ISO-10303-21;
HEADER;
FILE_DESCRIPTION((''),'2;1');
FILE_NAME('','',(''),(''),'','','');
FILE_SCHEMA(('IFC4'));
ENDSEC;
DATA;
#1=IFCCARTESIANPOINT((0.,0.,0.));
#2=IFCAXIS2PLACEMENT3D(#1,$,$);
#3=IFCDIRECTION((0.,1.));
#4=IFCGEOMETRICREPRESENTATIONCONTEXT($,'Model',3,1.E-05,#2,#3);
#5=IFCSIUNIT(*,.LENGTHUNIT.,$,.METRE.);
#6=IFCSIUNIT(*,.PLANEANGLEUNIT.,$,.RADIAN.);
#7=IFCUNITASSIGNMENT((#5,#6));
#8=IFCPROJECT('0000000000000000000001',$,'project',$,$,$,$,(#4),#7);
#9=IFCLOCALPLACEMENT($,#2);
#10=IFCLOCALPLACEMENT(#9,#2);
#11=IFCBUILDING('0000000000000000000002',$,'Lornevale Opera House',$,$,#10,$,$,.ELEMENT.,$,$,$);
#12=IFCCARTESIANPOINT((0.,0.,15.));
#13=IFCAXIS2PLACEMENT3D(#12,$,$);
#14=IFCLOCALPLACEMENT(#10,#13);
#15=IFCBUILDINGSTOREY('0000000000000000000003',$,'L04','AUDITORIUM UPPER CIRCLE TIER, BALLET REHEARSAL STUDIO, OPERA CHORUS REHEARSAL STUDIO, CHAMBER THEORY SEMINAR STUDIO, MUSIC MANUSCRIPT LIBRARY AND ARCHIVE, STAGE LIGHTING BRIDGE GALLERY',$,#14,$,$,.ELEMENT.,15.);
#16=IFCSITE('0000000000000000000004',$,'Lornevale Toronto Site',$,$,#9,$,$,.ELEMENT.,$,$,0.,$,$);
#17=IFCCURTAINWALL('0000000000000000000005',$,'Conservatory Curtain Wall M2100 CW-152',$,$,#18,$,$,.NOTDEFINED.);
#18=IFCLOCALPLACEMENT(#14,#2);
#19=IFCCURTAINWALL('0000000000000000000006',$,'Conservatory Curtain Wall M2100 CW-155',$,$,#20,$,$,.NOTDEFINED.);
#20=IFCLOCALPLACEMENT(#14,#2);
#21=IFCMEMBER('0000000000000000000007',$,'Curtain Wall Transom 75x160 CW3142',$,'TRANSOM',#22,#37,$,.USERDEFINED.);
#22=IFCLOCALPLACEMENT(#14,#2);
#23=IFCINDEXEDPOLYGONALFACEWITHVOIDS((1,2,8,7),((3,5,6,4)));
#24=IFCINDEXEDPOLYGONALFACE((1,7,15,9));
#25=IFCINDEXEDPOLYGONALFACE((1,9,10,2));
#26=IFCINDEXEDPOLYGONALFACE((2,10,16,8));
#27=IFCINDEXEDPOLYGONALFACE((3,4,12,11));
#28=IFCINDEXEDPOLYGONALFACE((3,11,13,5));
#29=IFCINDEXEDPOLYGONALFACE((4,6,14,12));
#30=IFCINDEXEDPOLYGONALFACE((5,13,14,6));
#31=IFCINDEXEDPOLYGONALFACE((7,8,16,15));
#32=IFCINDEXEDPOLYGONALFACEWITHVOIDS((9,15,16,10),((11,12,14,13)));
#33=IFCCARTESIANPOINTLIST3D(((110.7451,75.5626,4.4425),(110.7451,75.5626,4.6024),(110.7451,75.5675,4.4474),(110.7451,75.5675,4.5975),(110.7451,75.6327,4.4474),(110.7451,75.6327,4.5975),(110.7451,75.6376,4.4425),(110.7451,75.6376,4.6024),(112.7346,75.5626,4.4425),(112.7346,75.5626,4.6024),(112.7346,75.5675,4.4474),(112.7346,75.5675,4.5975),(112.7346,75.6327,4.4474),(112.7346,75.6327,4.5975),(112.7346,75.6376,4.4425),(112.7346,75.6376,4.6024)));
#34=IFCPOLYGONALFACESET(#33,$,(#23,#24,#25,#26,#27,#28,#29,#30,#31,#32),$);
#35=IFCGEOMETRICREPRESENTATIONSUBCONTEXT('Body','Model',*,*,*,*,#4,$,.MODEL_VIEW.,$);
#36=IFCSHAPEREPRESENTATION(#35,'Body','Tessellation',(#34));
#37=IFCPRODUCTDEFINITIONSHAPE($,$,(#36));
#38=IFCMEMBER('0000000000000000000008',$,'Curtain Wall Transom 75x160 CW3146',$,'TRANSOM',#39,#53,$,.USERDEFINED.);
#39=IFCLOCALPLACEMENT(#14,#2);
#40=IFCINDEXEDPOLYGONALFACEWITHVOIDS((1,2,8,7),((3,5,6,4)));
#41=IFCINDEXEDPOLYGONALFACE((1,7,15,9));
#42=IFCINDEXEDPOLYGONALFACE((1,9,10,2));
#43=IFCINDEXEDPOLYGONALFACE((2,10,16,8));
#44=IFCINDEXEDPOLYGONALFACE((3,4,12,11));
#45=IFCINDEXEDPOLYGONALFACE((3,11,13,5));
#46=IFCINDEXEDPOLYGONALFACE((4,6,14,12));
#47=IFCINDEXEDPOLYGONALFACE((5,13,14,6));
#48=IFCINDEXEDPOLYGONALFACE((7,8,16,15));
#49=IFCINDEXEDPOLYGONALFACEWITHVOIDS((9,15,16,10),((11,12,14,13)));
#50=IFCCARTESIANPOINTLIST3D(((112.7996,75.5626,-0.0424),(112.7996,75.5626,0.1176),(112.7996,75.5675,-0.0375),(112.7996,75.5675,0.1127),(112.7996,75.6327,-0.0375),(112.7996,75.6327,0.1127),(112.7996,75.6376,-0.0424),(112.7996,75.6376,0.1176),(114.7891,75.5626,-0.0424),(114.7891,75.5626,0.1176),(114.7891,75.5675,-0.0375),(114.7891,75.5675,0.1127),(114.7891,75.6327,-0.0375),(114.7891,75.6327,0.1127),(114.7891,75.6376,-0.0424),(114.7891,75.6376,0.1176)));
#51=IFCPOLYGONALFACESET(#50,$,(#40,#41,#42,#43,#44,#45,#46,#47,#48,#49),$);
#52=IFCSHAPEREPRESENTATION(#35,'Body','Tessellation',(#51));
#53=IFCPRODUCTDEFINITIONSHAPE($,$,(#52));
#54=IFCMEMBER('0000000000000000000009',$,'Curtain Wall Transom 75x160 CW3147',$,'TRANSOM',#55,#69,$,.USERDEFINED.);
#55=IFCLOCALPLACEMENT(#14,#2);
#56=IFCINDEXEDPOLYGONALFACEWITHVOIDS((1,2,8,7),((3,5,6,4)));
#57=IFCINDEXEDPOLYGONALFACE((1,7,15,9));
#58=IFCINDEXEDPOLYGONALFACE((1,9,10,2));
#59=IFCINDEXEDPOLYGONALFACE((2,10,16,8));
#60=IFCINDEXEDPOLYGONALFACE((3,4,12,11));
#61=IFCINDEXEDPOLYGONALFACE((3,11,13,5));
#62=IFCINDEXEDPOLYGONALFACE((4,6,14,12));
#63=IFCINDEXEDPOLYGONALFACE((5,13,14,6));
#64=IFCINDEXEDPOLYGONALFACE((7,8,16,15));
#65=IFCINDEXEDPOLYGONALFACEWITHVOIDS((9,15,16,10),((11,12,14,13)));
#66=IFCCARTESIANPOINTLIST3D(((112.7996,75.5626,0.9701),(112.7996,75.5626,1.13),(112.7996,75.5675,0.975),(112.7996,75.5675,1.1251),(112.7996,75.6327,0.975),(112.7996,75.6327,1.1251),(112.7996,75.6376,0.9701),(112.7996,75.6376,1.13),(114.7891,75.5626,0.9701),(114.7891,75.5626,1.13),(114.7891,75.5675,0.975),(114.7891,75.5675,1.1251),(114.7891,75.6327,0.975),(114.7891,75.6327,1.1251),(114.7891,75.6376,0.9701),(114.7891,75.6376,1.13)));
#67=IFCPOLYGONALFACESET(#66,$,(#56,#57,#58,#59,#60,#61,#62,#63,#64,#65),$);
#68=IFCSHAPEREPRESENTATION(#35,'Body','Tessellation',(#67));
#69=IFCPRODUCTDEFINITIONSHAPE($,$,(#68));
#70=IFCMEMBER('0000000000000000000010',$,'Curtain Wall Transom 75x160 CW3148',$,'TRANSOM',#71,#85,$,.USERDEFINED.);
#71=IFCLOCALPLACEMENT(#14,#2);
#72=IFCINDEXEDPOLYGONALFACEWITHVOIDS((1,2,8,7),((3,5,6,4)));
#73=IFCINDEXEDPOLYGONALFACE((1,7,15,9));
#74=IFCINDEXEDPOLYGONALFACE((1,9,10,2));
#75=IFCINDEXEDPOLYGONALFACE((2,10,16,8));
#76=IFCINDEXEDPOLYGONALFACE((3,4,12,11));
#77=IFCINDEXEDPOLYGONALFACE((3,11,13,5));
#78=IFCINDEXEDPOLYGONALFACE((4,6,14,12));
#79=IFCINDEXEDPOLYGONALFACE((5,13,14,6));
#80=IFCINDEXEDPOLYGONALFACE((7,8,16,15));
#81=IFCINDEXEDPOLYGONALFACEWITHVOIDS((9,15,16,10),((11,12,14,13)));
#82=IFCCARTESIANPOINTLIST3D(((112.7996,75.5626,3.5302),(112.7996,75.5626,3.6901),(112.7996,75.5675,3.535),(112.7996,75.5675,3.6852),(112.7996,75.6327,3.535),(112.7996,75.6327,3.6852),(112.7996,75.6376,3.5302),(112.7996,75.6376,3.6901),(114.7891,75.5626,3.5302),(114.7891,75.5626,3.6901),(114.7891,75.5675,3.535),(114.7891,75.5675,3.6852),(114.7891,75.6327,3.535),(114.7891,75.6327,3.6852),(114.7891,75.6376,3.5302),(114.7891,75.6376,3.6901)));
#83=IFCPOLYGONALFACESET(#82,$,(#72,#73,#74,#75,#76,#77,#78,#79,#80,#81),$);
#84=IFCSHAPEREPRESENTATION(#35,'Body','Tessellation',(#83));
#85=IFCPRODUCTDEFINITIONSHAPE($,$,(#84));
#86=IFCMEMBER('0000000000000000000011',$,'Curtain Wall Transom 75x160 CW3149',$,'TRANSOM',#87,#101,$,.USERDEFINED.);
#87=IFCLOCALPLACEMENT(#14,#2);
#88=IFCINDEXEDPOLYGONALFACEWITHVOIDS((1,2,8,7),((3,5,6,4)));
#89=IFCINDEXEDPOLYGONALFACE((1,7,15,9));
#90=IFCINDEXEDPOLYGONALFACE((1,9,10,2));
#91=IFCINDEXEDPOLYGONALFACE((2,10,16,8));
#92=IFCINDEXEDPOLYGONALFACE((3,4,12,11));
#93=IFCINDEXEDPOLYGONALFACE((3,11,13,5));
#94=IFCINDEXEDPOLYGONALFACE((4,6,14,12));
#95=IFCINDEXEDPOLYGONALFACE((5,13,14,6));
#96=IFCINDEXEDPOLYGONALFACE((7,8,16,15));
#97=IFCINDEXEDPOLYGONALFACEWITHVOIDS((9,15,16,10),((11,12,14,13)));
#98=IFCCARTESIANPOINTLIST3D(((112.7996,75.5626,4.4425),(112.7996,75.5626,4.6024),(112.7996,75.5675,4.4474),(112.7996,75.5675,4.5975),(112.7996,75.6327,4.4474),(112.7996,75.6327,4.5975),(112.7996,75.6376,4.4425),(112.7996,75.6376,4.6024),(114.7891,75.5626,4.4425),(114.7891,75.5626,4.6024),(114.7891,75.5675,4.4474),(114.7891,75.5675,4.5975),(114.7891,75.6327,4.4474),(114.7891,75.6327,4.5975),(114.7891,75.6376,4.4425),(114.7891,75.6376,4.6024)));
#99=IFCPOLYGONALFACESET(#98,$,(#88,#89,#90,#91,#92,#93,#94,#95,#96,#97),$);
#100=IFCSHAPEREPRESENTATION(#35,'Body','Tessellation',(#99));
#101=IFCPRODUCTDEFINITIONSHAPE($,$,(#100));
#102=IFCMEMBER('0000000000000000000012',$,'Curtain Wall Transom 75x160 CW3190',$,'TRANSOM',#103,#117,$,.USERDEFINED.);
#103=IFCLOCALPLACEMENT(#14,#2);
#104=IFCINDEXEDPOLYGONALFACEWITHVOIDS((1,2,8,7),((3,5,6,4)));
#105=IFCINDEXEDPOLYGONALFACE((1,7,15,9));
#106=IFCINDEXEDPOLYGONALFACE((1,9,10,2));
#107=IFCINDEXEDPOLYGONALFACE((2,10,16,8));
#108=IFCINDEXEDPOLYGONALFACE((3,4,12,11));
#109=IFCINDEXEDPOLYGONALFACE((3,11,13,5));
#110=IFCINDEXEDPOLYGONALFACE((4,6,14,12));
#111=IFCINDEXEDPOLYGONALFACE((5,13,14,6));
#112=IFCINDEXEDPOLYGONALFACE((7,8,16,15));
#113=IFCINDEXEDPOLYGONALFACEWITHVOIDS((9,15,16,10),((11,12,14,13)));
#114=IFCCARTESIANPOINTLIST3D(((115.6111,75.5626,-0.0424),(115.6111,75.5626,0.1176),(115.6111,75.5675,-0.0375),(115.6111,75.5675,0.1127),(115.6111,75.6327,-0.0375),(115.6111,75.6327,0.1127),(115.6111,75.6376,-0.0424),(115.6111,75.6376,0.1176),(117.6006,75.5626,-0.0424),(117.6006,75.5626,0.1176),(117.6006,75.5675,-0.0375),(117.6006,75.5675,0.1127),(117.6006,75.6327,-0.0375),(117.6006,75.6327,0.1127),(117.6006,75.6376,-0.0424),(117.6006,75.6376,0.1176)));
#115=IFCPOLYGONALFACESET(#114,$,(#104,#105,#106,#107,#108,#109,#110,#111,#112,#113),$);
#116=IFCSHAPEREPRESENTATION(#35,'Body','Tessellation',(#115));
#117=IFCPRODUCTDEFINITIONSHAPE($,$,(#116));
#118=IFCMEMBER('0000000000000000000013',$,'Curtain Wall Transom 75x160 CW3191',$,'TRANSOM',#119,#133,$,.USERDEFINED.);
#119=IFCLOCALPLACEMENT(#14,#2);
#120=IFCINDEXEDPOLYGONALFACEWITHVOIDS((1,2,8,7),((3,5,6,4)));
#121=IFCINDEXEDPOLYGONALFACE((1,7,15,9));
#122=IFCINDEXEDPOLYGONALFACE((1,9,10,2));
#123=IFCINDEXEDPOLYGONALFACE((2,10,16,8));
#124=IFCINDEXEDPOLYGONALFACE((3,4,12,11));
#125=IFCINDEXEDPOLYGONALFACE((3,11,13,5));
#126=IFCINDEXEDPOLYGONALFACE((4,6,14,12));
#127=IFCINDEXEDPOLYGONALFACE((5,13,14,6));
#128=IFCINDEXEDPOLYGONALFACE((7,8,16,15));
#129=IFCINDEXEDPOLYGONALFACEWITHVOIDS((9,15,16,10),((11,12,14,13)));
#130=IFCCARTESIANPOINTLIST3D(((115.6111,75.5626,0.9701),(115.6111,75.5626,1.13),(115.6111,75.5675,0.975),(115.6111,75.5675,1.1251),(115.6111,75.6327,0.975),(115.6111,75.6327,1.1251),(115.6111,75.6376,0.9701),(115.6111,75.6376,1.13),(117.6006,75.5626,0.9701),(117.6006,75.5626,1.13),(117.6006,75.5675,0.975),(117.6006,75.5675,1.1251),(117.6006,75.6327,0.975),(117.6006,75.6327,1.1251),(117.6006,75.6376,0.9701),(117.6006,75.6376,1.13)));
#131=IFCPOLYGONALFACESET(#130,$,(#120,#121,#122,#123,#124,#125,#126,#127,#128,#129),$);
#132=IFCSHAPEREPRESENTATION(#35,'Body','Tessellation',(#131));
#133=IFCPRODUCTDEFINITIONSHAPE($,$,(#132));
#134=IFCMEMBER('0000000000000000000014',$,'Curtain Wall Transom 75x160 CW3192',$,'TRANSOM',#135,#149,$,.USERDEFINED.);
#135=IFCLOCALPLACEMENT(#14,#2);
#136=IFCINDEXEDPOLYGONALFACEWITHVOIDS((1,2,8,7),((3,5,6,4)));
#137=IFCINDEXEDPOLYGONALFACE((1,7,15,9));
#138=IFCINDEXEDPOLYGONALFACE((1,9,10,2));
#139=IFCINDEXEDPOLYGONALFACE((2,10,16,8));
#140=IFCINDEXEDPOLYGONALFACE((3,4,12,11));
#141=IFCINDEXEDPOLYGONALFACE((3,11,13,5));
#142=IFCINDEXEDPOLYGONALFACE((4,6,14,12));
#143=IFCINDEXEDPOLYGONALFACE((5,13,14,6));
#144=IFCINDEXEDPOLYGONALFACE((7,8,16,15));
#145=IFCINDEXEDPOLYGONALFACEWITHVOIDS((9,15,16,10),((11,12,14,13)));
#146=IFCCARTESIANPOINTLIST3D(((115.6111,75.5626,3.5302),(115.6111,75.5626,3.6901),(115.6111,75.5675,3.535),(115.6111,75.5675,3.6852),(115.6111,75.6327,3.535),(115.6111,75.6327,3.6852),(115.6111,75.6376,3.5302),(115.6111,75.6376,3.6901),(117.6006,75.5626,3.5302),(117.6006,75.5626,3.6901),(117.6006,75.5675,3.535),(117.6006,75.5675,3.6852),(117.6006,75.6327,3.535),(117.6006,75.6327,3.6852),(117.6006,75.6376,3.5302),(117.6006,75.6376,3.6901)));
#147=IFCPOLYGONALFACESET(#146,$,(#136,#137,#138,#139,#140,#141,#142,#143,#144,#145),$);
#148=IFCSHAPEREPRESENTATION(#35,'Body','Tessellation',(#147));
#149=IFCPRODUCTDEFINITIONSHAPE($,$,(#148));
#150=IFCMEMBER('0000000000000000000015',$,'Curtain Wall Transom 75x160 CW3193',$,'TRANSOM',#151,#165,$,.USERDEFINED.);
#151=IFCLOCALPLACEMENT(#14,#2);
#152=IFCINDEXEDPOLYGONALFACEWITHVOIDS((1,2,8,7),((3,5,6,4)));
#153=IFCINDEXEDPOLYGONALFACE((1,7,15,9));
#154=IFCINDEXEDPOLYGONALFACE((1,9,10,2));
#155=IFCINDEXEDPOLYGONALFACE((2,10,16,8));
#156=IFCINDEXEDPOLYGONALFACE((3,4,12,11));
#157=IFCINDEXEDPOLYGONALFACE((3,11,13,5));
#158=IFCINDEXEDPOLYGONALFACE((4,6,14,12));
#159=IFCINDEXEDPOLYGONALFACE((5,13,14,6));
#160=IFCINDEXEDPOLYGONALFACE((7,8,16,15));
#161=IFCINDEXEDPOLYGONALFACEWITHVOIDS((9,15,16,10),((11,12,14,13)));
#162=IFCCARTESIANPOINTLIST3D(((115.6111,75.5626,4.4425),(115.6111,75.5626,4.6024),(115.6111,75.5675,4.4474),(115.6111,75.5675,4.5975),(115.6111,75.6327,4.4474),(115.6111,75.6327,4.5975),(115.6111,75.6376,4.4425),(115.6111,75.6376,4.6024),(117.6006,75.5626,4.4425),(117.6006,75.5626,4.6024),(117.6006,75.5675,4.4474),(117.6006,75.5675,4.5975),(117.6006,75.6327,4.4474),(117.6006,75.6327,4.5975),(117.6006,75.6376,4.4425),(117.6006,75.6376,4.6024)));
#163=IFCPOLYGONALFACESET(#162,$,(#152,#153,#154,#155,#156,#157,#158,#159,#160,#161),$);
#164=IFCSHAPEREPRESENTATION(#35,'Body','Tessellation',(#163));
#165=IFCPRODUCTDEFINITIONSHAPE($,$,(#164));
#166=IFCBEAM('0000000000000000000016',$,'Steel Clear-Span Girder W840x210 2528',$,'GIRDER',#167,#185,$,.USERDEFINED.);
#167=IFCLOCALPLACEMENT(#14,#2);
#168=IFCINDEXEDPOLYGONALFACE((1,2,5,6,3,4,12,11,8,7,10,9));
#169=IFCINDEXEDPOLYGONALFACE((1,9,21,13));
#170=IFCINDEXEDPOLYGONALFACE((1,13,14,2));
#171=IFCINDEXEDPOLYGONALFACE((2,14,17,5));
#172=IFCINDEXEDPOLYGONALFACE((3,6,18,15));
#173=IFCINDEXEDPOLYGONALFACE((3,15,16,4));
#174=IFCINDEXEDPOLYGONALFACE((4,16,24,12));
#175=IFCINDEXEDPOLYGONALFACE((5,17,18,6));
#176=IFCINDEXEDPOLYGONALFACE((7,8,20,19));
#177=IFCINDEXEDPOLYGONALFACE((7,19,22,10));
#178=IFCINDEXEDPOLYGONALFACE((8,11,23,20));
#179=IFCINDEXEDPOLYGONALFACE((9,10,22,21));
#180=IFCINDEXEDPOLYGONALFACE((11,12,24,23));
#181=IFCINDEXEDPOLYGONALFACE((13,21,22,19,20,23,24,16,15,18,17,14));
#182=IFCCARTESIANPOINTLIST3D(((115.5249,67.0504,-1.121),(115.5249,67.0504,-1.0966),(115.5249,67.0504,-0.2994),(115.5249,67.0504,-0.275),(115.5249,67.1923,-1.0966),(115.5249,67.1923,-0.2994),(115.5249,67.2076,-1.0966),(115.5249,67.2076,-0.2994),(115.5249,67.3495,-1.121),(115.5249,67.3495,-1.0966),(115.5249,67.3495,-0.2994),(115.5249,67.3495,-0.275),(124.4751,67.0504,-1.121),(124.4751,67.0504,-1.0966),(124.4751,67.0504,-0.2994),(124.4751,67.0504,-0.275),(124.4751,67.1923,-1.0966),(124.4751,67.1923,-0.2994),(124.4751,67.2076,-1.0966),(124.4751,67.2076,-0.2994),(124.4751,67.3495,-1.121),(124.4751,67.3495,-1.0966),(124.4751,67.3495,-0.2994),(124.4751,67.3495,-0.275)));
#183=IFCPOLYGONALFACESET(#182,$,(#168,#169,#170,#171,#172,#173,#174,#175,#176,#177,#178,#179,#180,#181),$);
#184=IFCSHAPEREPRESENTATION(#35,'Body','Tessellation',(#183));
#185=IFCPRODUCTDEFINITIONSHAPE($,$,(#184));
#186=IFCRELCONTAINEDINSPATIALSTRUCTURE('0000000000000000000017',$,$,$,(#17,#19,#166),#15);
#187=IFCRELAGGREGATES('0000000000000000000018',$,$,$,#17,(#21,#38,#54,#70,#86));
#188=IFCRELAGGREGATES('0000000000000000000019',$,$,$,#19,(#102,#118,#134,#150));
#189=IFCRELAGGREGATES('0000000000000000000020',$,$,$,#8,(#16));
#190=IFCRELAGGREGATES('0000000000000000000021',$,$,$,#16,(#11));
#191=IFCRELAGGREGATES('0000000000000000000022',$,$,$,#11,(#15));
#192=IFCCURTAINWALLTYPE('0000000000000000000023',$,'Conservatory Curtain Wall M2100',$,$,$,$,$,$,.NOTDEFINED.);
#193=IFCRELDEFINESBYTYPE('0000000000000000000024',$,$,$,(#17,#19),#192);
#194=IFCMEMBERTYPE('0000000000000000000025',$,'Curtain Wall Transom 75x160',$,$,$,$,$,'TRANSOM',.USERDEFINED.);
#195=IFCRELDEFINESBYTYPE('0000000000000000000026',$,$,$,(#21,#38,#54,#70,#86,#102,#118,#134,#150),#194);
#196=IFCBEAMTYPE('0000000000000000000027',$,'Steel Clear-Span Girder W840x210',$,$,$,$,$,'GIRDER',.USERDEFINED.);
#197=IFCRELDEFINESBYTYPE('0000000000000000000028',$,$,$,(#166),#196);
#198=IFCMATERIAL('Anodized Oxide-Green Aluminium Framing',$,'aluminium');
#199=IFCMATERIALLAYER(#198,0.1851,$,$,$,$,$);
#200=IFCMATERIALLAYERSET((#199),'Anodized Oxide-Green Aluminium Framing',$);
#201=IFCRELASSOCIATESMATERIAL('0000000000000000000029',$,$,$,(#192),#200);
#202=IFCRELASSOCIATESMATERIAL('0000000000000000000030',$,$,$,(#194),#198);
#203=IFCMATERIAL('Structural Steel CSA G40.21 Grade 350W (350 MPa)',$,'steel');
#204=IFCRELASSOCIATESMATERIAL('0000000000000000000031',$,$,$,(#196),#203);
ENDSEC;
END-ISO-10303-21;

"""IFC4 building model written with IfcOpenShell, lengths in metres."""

from ifc_helpers import new_model, si_unit, direction, frame, origin, origin_2d, place, context, subcontext, project, spatial, hollow_rectangle, i_section, extrude, material, layer, layer_set, material_profile, profile_set, type_object, element, aggregate, save


model = new_model("IFC4")

# Units and contexts
model_context = context("Model", 3, precision=1e-05, world=origin(), true_north=direction((0.0, 1.0)))
body_context = subcontext(model_context, "Body", "Model", "MODEL_VIEW")
ifc_project = project(units=[si_unit("LENGTHUNIT", "METRE"), si_unit("PLANEANGLEUNIT", "RADIAN")], contexts=[model_context])

# Site, building, storey
site_placement = place(None, origin())
site = spatial("IfcSite", under=ifc_project, at=site_placement, Name="Lornevale Toronto Site", CompositionType="ELEMENT", RefElevation=0.0)
building_placement = place(site_placement, origin())
building = spatial("IfcBuilding", under=site, at=building_placement, Name="Lornevale Opera House", CompositionType="ELEMENT")
storey_placement = place(building_placement, frame((0.0, 0.0, 15.0)))
storey = spatial("IfcBuildingStorey", under=building, at=storey_placement, Name="L04", Description="AUDITORIUM UPPER CIRCLE TIER, BALLET REHEARSAL STUDIO, OPERA CHORUS REHEARSAL STUDIO, CHAMBER THEORY SEMINAR STUDIO, MUSIC MANUSCRIPT LIBRARY AND ARCHIVE, STAGE LIGHTING BRIDGE GALLERY", CompositionType="ELEMENT", Elevation=15.0)

# Shared definitions
ifc_material_1 = material(Name="Anodized Oxide-Green Aluminium Framing", Category="aluminium")
ifc_layer_1 = layer(ifc_material_1, 0.1851)
ifc_layer_set_1 = layer_set([ifc_layer_1], Name="Anodized Oxide-Green Aluminium Framing")
curtain_wall_type = type_object("IfcCurtainWallType", Name="Conservatory Curtain Wall M2100", PredefinedType="NOTDEFINED", material=ifc_layer_set_1)

# Curtain walls
curtain_wall_1_placement = place(storey_placement, origin())
curtain_wall_1 = element("IfcCurtainWall", 1, at=curtain_wall_1_placement, inside=storey, type_object=curtain_wall_type, Name="Conservatory Curtain Wall M2100 CW-152", PredefinedType="NOTDEFINED")
curtain_wall_2_placement = place(storey_placement, origin())
curtain_wall_2 = element("IfcCurtainWall", 2, at=curtain_wall_2_placement, inside=storey, type_object=curtain_wall_type, Name="Conservatory Curtain Wall M2100 CW-155", PredefinedType="NOTDEFINED")

# Members
ifc_material_profile_1 = material_profile(ifc_material_1, hollow_rectangle(XDim=0.075, YDim=0.1599, WallThickness=0.0049, at=origin_2d()), Name="ALU75x160x5")
ifc_profile_set_1 = profile_set([ifc_material_profile_1], Name="Anodized Oxide-Green Aluminium Framing")
member_type_1 = type_object("IfcMemberType", Name="Curtain Wall Transom 75x160", ElementType="TRANSOM", PredefinedType="USERDEFINED", material=ifc_profile_set_1)
member_1_placement = place(storey_placement, frame((110.7451, 75.6001, 4.5225), z_axis=(1.0, 0.0, 0.0), x_axis=(0.0, 1.0, 0.0)))
member_1 = element("IfcMember", 3, at=member_1_placement, type_object=member_type_1, Name="Curtain Wall Transom 75x160 CW3142", ObjectType="TRANSOM", PredefinedType="USERDEFINED", context=body_context, shape_type="SweptSolid", body=[
    extrude(hollow_rectangle(XDim=0.075, YDim=0.1599, WallThickness=0.0049, at=origin_2d()), origin(), (0.0, 0.0, 1.0), 1.9895),
])
member_2_placement = place(storey_placement, frame((112.7996, 75.6001, 0.0376), z_axis=(1.0, 0.0, 0.0), x_axis=(0.0, 1.0, 0.0)))
member_2 = element("IfcMember", 4, at=member_2_placement, type_object=member_type_1, Name="Curtain Wall Transom 75x160 CW3146", ObjectType="TRANSOM", PredefinedType="USERDEFINED", context=body_context, shape_type="SweptSolid", body=[
    extrude(hollow_rectangle(XDim=0.075, YDim=0.1599, WallThickness=0.0049, at=origin_2d()), origin(), (0.0, 0.0, 1.0), 1.9895),
])
member_3_placement = place(storey_placement, frame((112.7996, 75.6001, 1.05), z_axis=(1.0, 0.0, 0.0), x_axis=(0.0, 1.0, 0.0)))
member_3 = element("IfcMember", 5, at=member_3_placement, type_object=member_type_1, Name="Curtain Wall Transom 75x160 CW3147", ObjectType="TRANSOM", PredefinedType="USERDEFINED", context=body_context, shape_type="SweptSolid", body=[
    extrude(hollow_rectangle(XDim=0.075, YDim=0.1599, WallThickness=0.0049, at=origin_2d()), origin(), (0.0, 0.0, 1.0), 1.9895),
])
member_4_placement = place(storey_placement, frame((112.7996, 75.6001, 3.6101), z_axis=(1.0, 0.0, 0.0), x_axis=(0.0, 1.0, 0.0)))
member_4 = element("IfcMember", 6, at=member_4_placement, type_object=member_type_1, Name="Curtain Wall Transom 75x160 CW3148", ObjectType="TRANSOM", PredefinedType="USERDEFINED", context=body_context, shape_type="SweptSolid", body=[
    extrude(hollow_rectangle(XDim=0.075, YDim=0.1599, WallThickness=0.0049, at=origin_2d()), origin(), (0.0, 0.0, 1.0), 1.9895),
])
member_5_placement = place(storey_placement, frame((112.7996, 75.6001, 4.5225), z_axis=(1.0, 0.0, 0.0), x_axis=(0.0, 1.0, 0.0)))
member_5 = element("IfcMember", 7, at=member_5_placement, type_object=member_type_1, Name="Curtain Wall Transom 75x160 CW3149", ObjectType="TRANSOM", PredefinedType="USERDEFINED", context=body_context, shape_type="SweptSolid", body=[
    extrude(hollow_rectangle(XDim=0.075, YDim=0.1599, WallThickness=0.0049, at=origin_2d()), origin(), (0.0, 0.0, 1.0), 1.9895),
])
member_6_placement = place(storey_placement, frame((115.6111, 75.6001, 0.0376), z_axis=(1.0, 0.0, 0.0), x_axis=(0.0, 1.0, 0.0)))
member_6 = element("IfcMember", 8, at=member_6_placement, type_object=member_type_1, Name="Curtain Wall Transom 75x160 CW3190", ObjectType="TRANSOM", PredefinedType="USERDEFINED", context=body_context, shape_type="SweptSolid", body=[
    extrude(hollow_rectangle(XDim=0.075, YDim=0.1599, WallThickness=0.0049, at=origin_2d()), origin(), (0.0, 0.0, 1.0), 1.9895),
])
member_7_placement = place(storey_placement, frame((115.6111, 75.6001, 1.05), z_axis=(1.0, 0.0, 0.0), x_axis=(0.0, 1.0, 0.0)))
member_7 = element("IfcMember", 9, at=member_7_placement, type_object=member_type_1, Name="Curtain Wall Transom 75x160 CW3191", ObjectType="TRANSOM", PredefinedType="USERDEFINED", context=body_context, shape_type="SweptSolid", body=[
    extrude(hollow_rectangle(XDim=0.075, YDim=0.1599, WallThickness=0.0049, at=origin_2d()), origin(), (0.0, 0.0, 1.0), 1.9895),
])
member_8_placement = place(storey_placement, frame((115.6111, 75.6001, 3.6101), z_axis=(1.0, 0.0, 0.0), x_axis=(0.0, 1.0, 0.0)))
member_8 = element("IfcMember", 10, at=member_8_placement, type_object=member_type_1, Name="Curtain Wall Transom 75x160 CW3192", ObjectType="TRANSOM", PredefinedType="USERDEFINED", context=body_context, shape_type="SweptSolid", body=[
    extrude(hollow_rectangle(XDim=0.075, YDim=0.1599, WallThickness=0.0049, at=origin_2d()), origin(), (0.0, 0.0, 1.0), 1.9895),
])
member_9_placement = place(storey_placement, frame((115.6111, 75.6001, 4.5225), z_axis=(1.0, 0.0, 0.0), x_axis=(0.0, 1.0, 0.0)))
member_9 = element("IfcMember", 11, at=member_9_placement, type_object=member_type_1, Name="Curtain Wall Transom 75x160 CW3193", ObjectType="TRANSOM", PredefinedType="USERDEFINED", context=body_context, shape_type="SweptSolid", body=[
    extrude(hollow_rectangle(XDim=0.075, YDim=0.1599, WallThickness=0.0049, at=origin_2d()), origin(), (0.0, 0.0, 1.0), 1.9895),
])

# Beam
ifc_material_2 = material(Name="Structural Steel CSA G40.21 Grade 350W (350 MPa)", Category="steel")
ifc_material_profile_2 = material_profile(ifc_material_2, i_section(OverallWidth=0.2991, OverallDepth=0.8459, WebThickness=0.0154, FlangeThickness=0.0244, at=origin_2d()), Name="W840x210")
ifc_profile_set_2 = profile_set([ifc_material_profile_2], Name="Structural Steel CSA G40.21 Grade 350W (350 MPa)")
beam_type_1 = type_object("IfcBeamType", Name="Steel Clear-Span Girder W840x210", ElementType="GIRDER", PredefinedType="USERDEFINED", material=ifc_profile_set_2)
beam_1_placement = place(storey_placement, frame((115.5249, 67.2, -0.698), z_axis=(1.0, 0.0, 0.0), x_axis=(0.0, 1.0, 0.0)))
element("IfcBeam", 12, at=beam_1_placement, inside=storey, type_object=beam_type_1, Name="Steel Clear-Span Girder W840x210 2528", ObjectType="GIRDER", PredefinedType="USERDEFINED", context=body_context, shape_type="SweptSolid", body=[
    extrude(i_section(OverallWidth=0.2991, OverallDepth=0.8459, WebThickness=0.0154, FlangeThickness=0.0244, at=origin_2d()), origin(), (0.0, 0.0, 1.0), 8.9502),
])

aggregate(curtain_wall_1, [member_1, member_2, member_3, member_4, member_5])
aggregate(curtain_wall_2, [member_6, member_7, member_8, member_9])

save(model, "model.ifc")
